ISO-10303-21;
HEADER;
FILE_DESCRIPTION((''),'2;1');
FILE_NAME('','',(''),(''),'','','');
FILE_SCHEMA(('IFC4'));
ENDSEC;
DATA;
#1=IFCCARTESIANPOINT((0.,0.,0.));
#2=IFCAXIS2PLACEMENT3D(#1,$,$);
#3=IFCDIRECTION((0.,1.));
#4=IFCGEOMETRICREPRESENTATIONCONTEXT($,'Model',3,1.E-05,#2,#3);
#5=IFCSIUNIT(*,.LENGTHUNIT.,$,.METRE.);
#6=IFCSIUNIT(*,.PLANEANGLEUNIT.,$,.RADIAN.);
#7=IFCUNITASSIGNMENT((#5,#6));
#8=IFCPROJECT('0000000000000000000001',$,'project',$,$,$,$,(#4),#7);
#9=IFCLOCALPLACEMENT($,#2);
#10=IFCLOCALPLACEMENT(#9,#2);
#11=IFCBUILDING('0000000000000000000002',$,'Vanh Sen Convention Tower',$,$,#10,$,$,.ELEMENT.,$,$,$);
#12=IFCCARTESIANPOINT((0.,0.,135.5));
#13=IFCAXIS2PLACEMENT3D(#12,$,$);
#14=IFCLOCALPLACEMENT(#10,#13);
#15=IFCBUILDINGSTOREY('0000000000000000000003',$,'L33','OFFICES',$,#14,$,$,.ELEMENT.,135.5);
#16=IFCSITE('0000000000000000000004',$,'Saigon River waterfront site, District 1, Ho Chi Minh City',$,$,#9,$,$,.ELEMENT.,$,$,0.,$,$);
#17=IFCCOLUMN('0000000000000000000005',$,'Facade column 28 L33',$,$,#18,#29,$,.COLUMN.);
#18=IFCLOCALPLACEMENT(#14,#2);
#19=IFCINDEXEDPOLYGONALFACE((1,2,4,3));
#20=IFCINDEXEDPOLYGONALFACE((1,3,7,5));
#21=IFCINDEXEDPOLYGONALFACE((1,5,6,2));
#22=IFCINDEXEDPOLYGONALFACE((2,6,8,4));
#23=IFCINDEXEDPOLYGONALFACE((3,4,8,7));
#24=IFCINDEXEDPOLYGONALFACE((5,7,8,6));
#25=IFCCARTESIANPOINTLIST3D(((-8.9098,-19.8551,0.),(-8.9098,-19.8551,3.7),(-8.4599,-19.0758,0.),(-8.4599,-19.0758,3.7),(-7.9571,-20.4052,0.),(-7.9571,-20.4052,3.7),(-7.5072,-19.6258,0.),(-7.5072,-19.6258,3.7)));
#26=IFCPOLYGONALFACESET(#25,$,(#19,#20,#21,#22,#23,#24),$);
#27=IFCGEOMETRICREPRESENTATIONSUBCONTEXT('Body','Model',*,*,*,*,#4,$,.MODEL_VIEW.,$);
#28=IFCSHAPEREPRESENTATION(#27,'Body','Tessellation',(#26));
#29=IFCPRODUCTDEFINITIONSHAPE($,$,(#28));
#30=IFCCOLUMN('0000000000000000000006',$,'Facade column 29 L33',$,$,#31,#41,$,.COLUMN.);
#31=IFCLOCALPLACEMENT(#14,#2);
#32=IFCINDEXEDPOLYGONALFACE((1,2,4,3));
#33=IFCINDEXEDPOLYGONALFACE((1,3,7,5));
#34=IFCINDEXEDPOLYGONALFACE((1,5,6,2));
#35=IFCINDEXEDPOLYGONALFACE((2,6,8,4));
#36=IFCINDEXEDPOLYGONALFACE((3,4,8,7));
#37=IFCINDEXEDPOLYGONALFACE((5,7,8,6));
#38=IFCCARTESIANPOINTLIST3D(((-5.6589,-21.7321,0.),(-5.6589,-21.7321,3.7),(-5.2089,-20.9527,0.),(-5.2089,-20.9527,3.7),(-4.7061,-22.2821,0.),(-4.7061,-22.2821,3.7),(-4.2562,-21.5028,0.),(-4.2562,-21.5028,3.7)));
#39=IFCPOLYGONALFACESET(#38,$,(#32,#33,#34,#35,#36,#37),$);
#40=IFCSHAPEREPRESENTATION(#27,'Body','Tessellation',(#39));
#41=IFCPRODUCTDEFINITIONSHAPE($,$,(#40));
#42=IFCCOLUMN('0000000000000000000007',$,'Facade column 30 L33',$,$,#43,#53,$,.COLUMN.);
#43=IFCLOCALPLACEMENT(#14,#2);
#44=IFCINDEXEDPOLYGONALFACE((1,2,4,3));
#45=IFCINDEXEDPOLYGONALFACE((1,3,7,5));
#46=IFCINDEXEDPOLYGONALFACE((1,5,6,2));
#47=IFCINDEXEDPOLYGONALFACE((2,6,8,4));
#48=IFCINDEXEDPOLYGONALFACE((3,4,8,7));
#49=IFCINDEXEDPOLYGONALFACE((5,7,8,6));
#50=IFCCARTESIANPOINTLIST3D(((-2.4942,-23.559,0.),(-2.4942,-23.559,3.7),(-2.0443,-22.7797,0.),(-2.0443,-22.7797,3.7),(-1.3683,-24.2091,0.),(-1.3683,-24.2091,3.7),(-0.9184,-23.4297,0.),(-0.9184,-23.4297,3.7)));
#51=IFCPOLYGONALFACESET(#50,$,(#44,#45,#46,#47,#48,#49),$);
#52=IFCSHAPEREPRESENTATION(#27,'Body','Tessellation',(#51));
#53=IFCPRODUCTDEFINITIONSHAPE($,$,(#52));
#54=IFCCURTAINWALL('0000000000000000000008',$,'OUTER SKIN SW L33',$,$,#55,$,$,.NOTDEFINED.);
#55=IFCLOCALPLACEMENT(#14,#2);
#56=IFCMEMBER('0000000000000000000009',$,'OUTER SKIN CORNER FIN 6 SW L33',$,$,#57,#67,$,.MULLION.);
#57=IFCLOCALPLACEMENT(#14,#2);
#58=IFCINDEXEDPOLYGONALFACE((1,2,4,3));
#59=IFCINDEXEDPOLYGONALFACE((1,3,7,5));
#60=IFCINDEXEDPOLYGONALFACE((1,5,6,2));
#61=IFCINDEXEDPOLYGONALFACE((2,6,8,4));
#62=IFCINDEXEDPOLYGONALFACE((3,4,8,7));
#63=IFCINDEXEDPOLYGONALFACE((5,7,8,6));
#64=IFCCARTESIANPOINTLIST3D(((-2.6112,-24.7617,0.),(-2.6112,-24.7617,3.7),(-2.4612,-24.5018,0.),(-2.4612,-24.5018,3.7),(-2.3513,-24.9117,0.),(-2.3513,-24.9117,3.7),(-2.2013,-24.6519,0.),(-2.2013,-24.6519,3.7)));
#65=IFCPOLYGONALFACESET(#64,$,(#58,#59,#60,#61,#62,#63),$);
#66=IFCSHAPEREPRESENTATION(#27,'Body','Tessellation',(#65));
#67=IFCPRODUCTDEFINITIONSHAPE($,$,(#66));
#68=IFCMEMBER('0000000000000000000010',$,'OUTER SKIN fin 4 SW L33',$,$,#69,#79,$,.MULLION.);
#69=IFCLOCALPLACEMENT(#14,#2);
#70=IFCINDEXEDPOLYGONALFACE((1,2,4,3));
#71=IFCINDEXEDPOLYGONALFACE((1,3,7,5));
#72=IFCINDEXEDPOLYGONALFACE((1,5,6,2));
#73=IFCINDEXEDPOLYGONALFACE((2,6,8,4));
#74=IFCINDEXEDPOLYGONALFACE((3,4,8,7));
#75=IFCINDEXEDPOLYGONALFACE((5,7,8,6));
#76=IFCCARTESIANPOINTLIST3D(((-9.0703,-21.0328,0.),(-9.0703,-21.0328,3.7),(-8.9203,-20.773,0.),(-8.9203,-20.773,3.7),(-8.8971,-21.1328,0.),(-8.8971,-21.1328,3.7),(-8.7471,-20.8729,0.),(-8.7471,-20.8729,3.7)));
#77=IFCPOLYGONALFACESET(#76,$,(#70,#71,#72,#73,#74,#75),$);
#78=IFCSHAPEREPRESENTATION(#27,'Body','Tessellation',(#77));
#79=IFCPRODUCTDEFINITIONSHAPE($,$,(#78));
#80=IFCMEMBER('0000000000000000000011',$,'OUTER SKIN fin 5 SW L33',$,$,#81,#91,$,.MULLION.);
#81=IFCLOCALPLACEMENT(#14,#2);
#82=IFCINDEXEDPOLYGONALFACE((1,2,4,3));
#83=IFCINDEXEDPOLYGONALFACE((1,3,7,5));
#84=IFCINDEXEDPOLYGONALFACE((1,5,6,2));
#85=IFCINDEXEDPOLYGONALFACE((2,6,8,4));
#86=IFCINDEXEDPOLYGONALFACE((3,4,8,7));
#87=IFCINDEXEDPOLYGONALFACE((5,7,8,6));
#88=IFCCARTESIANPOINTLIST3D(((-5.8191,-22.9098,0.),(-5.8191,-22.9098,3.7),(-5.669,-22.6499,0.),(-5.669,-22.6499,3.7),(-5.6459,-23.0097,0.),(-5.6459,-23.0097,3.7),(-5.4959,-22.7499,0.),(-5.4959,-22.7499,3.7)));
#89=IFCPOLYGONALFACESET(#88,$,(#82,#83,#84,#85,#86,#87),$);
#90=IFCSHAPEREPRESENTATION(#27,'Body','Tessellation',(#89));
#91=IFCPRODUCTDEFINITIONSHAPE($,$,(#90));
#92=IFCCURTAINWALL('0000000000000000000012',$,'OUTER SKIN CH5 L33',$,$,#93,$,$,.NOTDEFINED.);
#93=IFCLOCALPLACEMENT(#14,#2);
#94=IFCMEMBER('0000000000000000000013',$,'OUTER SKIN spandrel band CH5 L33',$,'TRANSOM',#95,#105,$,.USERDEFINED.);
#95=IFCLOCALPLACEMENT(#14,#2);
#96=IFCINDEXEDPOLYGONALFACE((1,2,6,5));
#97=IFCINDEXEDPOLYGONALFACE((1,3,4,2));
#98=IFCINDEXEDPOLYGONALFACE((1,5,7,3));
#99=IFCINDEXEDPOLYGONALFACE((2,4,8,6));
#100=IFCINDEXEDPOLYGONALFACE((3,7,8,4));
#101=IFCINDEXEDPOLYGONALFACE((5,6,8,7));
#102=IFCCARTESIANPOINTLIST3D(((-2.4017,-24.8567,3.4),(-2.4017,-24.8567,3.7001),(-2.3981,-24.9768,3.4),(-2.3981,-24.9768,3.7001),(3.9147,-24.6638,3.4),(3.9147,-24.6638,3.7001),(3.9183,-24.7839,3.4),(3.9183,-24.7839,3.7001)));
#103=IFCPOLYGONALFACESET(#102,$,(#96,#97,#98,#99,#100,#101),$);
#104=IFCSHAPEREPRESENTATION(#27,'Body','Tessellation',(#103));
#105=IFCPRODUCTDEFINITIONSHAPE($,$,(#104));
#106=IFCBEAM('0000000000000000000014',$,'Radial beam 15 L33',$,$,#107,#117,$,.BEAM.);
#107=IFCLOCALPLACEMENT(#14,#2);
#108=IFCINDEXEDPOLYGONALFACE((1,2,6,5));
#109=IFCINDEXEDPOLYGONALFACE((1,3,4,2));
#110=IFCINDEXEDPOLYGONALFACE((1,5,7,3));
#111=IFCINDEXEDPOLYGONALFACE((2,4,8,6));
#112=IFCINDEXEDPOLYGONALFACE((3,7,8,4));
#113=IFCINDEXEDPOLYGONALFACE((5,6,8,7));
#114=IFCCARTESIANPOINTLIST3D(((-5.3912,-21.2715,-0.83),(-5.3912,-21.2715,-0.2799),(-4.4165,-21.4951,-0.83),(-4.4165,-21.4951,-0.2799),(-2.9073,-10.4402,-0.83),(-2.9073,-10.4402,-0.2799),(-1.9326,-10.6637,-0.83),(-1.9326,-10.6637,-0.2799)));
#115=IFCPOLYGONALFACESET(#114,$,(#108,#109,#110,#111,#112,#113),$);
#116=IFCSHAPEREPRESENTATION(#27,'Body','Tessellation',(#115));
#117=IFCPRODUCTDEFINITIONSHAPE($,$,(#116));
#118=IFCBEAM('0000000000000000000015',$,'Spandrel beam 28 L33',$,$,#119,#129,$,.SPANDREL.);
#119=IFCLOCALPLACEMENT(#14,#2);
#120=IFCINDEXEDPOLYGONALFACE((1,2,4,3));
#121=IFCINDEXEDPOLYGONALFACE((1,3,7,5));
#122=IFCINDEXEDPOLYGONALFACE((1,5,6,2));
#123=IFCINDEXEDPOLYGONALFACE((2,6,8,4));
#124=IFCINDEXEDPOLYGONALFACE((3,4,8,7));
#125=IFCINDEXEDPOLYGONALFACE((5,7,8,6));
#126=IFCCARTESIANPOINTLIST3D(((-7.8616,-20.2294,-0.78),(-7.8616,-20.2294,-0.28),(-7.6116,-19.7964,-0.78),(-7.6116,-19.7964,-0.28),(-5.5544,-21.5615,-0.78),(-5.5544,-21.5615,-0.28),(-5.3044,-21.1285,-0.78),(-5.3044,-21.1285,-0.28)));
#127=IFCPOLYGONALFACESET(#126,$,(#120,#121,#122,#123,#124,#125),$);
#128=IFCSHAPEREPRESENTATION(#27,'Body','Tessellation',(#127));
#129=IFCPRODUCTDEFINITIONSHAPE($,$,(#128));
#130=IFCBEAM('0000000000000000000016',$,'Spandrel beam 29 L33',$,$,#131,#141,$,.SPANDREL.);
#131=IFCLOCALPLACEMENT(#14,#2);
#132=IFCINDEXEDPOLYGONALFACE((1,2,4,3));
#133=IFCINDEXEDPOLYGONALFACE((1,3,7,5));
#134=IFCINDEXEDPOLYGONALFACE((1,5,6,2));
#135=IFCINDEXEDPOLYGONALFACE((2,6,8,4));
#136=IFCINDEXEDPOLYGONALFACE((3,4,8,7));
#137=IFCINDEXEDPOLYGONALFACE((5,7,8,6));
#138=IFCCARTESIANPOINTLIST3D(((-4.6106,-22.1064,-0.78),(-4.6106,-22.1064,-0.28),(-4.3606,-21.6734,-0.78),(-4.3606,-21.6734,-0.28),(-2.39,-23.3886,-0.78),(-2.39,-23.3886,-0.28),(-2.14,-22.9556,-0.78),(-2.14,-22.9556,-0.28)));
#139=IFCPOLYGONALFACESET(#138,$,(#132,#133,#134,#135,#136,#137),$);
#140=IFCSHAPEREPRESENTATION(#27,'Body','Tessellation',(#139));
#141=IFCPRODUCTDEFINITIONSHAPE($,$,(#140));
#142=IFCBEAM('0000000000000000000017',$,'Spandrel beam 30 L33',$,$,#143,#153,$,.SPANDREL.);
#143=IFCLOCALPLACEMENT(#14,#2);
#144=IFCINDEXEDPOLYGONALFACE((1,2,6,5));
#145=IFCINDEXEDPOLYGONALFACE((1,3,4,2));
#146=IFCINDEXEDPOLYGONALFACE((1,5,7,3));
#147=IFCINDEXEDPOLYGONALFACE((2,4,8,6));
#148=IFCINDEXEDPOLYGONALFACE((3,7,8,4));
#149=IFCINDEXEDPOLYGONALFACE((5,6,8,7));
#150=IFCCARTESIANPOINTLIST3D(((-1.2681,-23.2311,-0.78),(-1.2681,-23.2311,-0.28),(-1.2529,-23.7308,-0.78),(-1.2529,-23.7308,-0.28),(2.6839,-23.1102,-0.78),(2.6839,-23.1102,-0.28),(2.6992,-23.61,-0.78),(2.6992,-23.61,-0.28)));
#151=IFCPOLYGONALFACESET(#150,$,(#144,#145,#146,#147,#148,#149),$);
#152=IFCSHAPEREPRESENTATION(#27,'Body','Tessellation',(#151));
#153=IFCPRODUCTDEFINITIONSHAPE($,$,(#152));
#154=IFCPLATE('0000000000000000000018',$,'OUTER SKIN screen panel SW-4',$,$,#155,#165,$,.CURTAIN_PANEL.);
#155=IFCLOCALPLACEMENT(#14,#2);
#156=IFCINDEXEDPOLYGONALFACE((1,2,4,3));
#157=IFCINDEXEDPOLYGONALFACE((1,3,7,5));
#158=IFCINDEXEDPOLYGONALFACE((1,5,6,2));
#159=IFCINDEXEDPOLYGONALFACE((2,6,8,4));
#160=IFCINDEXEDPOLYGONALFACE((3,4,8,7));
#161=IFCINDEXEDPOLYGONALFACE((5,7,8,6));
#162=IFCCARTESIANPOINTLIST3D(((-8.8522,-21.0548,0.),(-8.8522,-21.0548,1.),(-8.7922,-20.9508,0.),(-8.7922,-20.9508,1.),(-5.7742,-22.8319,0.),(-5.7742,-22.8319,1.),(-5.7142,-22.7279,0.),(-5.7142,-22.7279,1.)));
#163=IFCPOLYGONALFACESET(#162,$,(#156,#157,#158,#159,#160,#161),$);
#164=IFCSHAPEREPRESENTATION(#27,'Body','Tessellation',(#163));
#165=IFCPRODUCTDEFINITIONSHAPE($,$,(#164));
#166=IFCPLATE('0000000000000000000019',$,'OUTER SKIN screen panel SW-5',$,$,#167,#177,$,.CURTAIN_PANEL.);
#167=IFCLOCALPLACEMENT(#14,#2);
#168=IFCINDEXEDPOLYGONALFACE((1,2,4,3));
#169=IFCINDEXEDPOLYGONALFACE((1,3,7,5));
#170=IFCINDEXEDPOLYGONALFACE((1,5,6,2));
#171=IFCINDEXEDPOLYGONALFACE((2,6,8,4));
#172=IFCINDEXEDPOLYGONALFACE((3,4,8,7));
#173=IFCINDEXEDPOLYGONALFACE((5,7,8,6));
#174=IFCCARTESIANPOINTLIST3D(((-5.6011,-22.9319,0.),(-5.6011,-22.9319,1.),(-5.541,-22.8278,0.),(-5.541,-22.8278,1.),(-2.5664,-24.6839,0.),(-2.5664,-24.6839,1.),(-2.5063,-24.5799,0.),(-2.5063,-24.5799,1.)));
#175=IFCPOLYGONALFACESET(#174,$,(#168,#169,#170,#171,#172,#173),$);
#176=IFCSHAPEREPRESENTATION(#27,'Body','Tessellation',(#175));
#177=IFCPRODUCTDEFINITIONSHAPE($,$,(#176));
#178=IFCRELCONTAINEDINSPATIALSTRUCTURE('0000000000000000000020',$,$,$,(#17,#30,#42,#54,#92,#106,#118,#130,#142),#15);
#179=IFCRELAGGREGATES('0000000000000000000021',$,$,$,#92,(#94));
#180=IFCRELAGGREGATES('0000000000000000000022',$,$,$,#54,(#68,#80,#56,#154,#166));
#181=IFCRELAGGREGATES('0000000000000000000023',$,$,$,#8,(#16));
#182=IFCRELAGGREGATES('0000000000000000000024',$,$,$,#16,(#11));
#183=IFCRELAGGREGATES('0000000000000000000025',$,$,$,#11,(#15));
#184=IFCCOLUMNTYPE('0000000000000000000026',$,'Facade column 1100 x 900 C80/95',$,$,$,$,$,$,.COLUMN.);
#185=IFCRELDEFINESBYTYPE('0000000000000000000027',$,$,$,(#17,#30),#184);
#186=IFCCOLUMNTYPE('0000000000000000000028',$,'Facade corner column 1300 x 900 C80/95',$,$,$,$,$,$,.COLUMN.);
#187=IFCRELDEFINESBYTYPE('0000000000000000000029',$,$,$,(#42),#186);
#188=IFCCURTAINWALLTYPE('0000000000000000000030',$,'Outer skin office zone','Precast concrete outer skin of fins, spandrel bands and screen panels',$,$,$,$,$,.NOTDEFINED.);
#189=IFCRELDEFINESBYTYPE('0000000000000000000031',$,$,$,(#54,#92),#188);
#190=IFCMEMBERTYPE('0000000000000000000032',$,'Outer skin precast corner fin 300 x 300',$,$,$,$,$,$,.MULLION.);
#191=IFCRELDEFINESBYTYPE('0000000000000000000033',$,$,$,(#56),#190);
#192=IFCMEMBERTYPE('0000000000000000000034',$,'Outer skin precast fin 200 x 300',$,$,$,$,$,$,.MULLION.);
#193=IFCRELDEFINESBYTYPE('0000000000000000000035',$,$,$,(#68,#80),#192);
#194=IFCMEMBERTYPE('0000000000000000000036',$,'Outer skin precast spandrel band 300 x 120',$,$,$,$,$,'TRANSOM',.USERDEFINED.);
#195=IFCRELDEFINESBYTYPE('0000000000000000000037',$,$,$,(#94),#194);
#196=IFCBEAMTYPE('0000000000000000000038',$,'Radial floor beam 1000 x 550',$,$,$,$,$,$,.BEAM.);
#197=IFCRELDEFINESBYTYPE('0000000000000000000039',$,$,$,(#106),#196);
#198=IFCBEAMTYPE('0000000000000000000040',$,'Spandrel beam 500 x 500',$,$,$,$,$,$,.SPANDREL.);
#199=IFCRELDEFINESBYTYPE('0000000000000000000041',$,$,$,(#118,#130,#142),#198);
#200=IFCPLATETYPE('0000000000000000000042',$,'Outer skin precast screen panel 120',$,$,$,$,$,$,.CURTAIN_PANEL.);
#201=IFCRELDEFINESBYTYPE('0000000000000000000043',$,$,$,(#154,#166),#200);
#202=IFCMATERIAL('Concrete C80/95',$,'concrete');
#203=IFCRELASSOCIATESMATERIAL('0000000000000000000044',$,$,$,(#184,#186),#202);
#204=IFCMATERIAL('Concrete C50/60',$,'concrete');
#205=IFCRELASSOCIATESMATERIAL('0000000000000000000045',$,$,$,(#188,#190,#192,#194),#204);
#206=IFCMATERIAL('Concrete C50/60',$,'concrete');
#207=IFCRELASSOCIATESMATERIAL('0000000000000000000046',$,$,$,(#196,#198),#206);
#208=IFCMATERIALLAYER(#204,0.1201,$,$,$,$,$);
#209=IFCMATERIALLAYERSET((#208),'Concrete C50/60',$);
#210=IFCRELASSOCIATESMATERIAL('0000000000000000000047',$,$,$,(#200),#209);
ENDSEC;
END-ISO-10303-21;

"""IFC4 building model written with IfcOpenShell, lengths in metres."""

from ifc_helpers import new_model, si_unit, direction, frame, origin, origin_2d, place, context, subcontext, project, spatial, rectangle, extrude, material, layer, layer_set, material_profile, profile_set, type_object, element, aggregate, save


model = new_model("IFC4")

# Units and contexts
model_context = context("Model", 3, precision=1e-05, world=origin(), true_north=direction((0.0, 1.0)))
body_context = subcontext(model_context, "Body", "Model", "MODEL_VIEW")
ifc_project = project(units=[si_unit("LENGTHUNIT", "METRE"), si_unit("PLANEANGLEUNIT", "RADIAN")], contexts=[model_context])

# Site, building, storey
site_placement = place(None, origin())
site = spatial("IfcSite", under=ifc_project, at=site_placement, Name="Saigon River waterfront site, District 1, Ho Chi Minh City", CompositionType="ELEMENT", RefElevation=0.0)
building_placement = place(site_placement, origin())
building = spatial("IfcBuilding", under=site, at=building_placement, Name="Vanh Sen Convention Tower", CompositionType="ELEMENT")
storey_placement = place(building_placement, frame((0.0, 0.0, 135.5)))
storey = spatial("IfcBuildingStorey", under=building, at=storey_placement, Name="L33", Description="OFFICES", CompositionType="ELEMENT", Elevation=135.5)

# Columns
ifc_material_1 = material(Name="Concrete C80/95", Category="concrete")
ifc_material_profile_1 = material_profile(ifc_material_1, rectangle(XDim=1.1001, YDim=0.8999, at=origin_2d()), Name="RC 1100X900")
ifc_profile_set_1 = profile_set([ifc_material_profile_1], Name="Concrete C80/95")
column_type_1 = type_object("IfcColumnType", Name="Facade column 1100 x 900 C80/95", PredefinedType="COLUMN", material=ifc_profile_set_1)
for number, where, z_axis, x_axis, name in (
    (1, (-8.2085, -19.7405, 0.0), (0.0, 0.0, 1.0), (0.866025, -0.5, 0.0), "Facade column 28 L33"),
    (2, (-4.9575, -21.6174, 0.0), (0.0, 0.0, 1.0), (0.866025, -0.5, 0.0), "Facade column 29 L33"),
):
    element("IfcColumn", number, at=place(storey_placement, frame(where, z_axis=z_axis, x_axis=x_axis)), inside=storey, type_object=column_type_1, Name=name, PredefinedType="COLUMN", context=body_context, shape_type="SweptSolid", body=[
        extrude(rectangle(XDim=1.1001, YDim=0.8999, at=origin_2d()), origin(), (0.0, 0.0, 1.0), 3.7),
    ])
ifc_material_profile_2 = material_profile(ifc_material_1, rectangle(XDim=1.3, YDim=0.8999, at=origin_2d()), Name="RC 1300X900")
ifc_profile_set_2 = profile_set([ifc_material_profile_2], Name="Concrete C80/95")
column_type_2 = type_object("IfcColumnType", Name="Facade corner column 1300 x 900 C80/95", PredefinedType="COLUMN", material=ifc_profile_set_2)
column_placement = place(storey_placement, frame((-1.7063, -23.4944, 0.0), z_axis=(0.0, 0.0, 1.0), x_axis=(0.866025, -0.5, 0.0)))
element("IfcColumn", 3, at=column_placement, inside=storey, type_object=column_type_2, Name="Facade column 30 L33", PredefinedType="COLUMN", context=body_context, shape_type="SweptSolid", body=[
    extrude(rectangle(XDim=1.3, YDim=0.8999, at=origin_2d()), origin(), (0.0, 0.0, 1.0), 3.7),
])

# Curtain wall, members
ifc_material_2 = material(Name="Concrete C50/60", Category="concrete")
curtain_wall_type = type_object("IfcCurtainWallType", Name="Outer skin office zone", Description="Precast concrete outer skin of fins, spandrel bands and screen panels", PredefinedType="NOTDEFINED", material=ifc_material_2)
curtain_wall_1_placement = place(storey_placement, origin())
curtain_wall_1 = element("IfcCurtainWall", 4, at=curtain_wall_1_placement, inside=storey, type_object=curtain_wall_type, Name="OUTER SKIN SW L33", PredefinedType="NOTDEFINED")
ifc_material_profile_3 = material_profile(ifc_material_2, rectangle(XDim=0.3, YDim=0.3, at=origin_2d()), Name="Outer skin precast corner fin 300 x 300")
ifc_profile_set_3 = profile_set([ifc_material_profile_3], Name="Concrete C50/60")
member_type_1 = type_object("IfcMemberType", Name="Outer skin precast corner fin 300 x 300", PredefinedType="MULLION", material=ifc_profile_set_3)
member_1_placement = place(storey_placement, frame((-2.4062, -24.7068, 0.0), z_axis=(0.0, 0.0, 1.0), x_axis=(0.866025, -0.5, 0.0)))
member_1 = element("IfcMember", 5, at=member_1_placement, type_object=member_type_1, Name="OUTER SKIN CORNER FIN 6 SW L33", PredefinedType="MULLION", context=body_context, shape_type="SweptSolid", body=[
    extrude(rectangle(XDim=0.3, YDim=0.3, at=origin_2d()), origin(), (0.0, 0.0, 1.0), 3.7),
])
ifc_material_profile_4 = material_profile(ifc_material_2, rectangle(XDim=0.2, YDim=0.3, at=origin_2d()), Name="Outer skin precast fin 200 x 300")
ifc_profile_set_4 = profile_set([ifc_material_profile_4], Name="Concrete C50/60")
member_type_2 = type_object("IfcMemberType", Name="Outer skin precast fin 200 x 300", PredefinedType="MULLION", material=ifc_profile_set_4)
member_2_placement = place(storey_placement, frame((-8.9087, -20.9529, 0.0), z_axis=(0.0, 0.0, 1.0), x_axis=(0.866025, -0.5, 0.0)))
member_2 = element("IfcMember", 6, at=member_2_placement, type_object=member_type_2, Name="OUTER SKIN fin 4 SW L33", PredefinedType="MULLION", context=body_context, shape_type="SweptSolid", body=[
    extrude(rectangle(XDim=0.2, YDim=0.3, at=origin_2d()), origin(), (0.0, 0.0, 1.0), 3.7),
])
member_3_placement = place(storey_placement, frame((-5.6575, -22.8298, 0.0), z_axis=(0.0, 0.0, 1.0), x_axis=(0.866025, -0.5, 0.0)))
member_3 = element("IfcMember", 7, at=member_3_placement, type_object=member_type_2, Name="OUTER SKIN fin 5 SW L33", PredefinedType="MULLION", context=body_context, shape_type="SweptSolid", body=[
    extrude(rectangle(XDim=0.2, YDim=0.3, at=origin_2d()), origin(), (0.0, 0.0, 1.0), 3.7),
])

# Curtain wall, member
curtain_wall_2_placement = place(storey_placement, origin())
curtain_wall_2 = element("IfcCurtainWall", 8, at=curtain_wall_2_placement, inside=storey, type_object=curtain_wall_type, Name="OUTER SKIN CH5 L33", PredefinedType="NOTDEFINED")
ifc_material_profile_5 = material_profile(ifc_material_2, rectangle(XDim=0.1201, YDim=0.3, at=origin_2d()), Name="Outer skin precast spandrel band 300 x 120")
ifc_profile_set_5 = profile_set([ifc_material_profile_5], Name="Concrete C50/60")
member_type_3 = type_object("IfcMemberType", Name="Outer skin precast spandrel band 300 x 120", ElementType="TRANSOM", PredefinedType="USERDEFINED", material=ifc_profile_set_5)
member_4_placement = place(storey_placement, frame((-2.3999, -24.9167, 3.55), z_axis=(0.999534, 0.030521, 0.0), x_axis=(-0.030521, 0.999534, 0.0)))
member_4 = element("IfcMember", 9, at=member_4_placement, type_object=member_type_3, Name="OUTER SKIN spandrel band CH5 L33", ObjectType="TRANSOM", PredefinedType="USERDEFINED", context=body_context, shape_type="SweptSolid", body=[
    extrude(rectangle(XDim=0.1201, YDim=0.3, at=origin_2d()), origin(), (0.0, 0.0, 1.0), 6.3193),
])
aggregate(curtain_wall_2, [member_4])

# Beams
ifc_material_3 = material(Name="Concrete C50/60", Category="concrete")
ifc_material_profile_6 = material_profile(ifc_material_3, rectangle(XDim=1.0, YDim=0.55, at=origin_2d()), Name="RC 1000X550")
ifc_profile_set_6 = profile_set([ifc_material_profile_6], Name="Concrete C50/60")
beam_type_1 = type_object("IfcBeamType", Name="Radial floor beam 1000 x 550", PredefinedType="BEAM", material=ifc_profile_set_6)
beam_1_placement = place(storey_placement, frame((-4.9038, -21.3833, -0.5549), z_axis=(0.223523, 0.974699, 0.0), x_axis=(-0.974699, 0.223523, 0.0)))
element("IfcBeam", 10, at=beam_1_placement, inside=storey, type_object=beam_type_1, Name="Radial beam 15 L33", PredefinedType="BEAM", context=body_context, shape_type="SweptSolid", body=[
    extrude(rectangle(XDim=1.0, YDim=0.55, at=origin_2d()), origin(), (0.0, 0.0, 1.0), 11.1125),
])
ifc_material_profile_7 = material_profile(ifc_material_3, rectangle(XDim=0.5, YDim=0.5, at=origin_2d()), Name="RC 500X500")
ifc_profile_set_7 = profile_set([ifc_material_profile_7], Name="Concrete C50/60")
beam_type_2 = type_object("IfcBeamType", Name="Spandrel beam 500 x 500", PredefinedType="SPANDREL", material=ifc_profile_set_7)
beam_2_placement = place(storey_placement, frame((-7.7366, -20.0129, -0.53), z_axis=(0.866024, -0.500003, 0.0), x_axis=(0.500003, 0.866024, 0.0)))
element("IfcBeam", 11, at=beam_2_placement, inside=storey, type_object=beam_type_2, Name="Spandrel beam 28 L33", PredefinedType="SPANDREL", context=body_context, shape_type="SweptSolid", body=[
    extrude(rectangle(XDim=0.5, YDim=0.5, at=origin_2d()), origin(), (0.0, 0.0, 1.0), 2.6641),
])
beam_3_placement = place(storey_placement, frame((-4.4856, -21.8899, -0.53), z_axis=(0.866008, -0.50003, 0.0), x_axis=(0.50003, 0.866008, 0.0)))
element("IfcBeam", 12, at=beam_3_placement, inside=storey, type_object=beam_type_2, Name="Spandrel beam 29 L33", PredefinedType="SPANDREL", context=body_context, shape_type="SweptSolid", body=[
    extrude(rectangle(XDim=0.5, YDim=0.5, at=origin_2d()), origin(), (0.0, 0.0, 1.0), 2.5642),
])
beam_4_placement = place(storey_placement, frame((-1.2605, -23.481, -0.53), z_axis=(0.999533, 0.030566, 0.0), x_axis=(-0.030566, 0.999533, 0.0)))
element("IfcBeam", 13, at=beam_4_placement, inside=storey, type_object=beam_type_2, Name="Spandrel beam 30 L33", PredefinedType="SPANDREL", context=body_context, shape_type="SweptSolid", body=[
    extrude(rectangle(XDim=0.5, YDim=0.5, at=origin_2d()), origin(), (0.0, 0.0, 1.0), 3.9539),
])

# Plates
ifc_layer_1 = layer(ifc_material_2, 0.1201)
ifc_layer_set_1 = layer_set([ifc_layer_1], Name="Concrete C50/60")
plate_type = type_object("IfcPlateType", Name="Outer skin precast screen panel 120", PredefinedType="CURTAIN_PANEL", material=ifc_layer_set_1)
plate_1_placement = place(storey_placement, frame((-7.2832, -21.8914, 0.0), z_axis=(0.0, 0.0, 1.0), x_axis=(0.866017, -0.500015, 0.0)))
plate_1 = element("IfcPlate", 14, at=plate_1_placement, type_object=plate_type, Name="OUTER SKIN screen panel SW-4", PredefinedType="CURTAIN_PANEL", context=body_context, shape_type="SweptSolid", body=[
    extrude(rectangle(XDim=3.5542, YDim=0.1201, at=origin_2d()), origin(), (0.0, 0.0, 1.0), 1.0),
])
plate_2_placement = place(storey_placement, frame((-4.0537, -23.7559, 0.0), z_axis=(0.0, 0.0, 1.0), x_axis=(0.866035, -0.499983, 0.0)))
plate_2 = element("IfcPlate", 15, at=plate_2_placement, type_object=plate_type, Name="OUTER SKIN screen panel SW-5", PredefinedType="CURTAIN_PANEL", context=body_context, shape_type="SweptSolid", body=[
    extrude(rectangle(XDim=3.5042, YDim=0.1201, at=origin_2d()), origin(), (0.0, 0.0, 1.0), 1.0),
])
aggregate(curtain_wall_1, [member_2, member_3, member_1, plate_1, plate_2])

save(model, "model.ifc")
